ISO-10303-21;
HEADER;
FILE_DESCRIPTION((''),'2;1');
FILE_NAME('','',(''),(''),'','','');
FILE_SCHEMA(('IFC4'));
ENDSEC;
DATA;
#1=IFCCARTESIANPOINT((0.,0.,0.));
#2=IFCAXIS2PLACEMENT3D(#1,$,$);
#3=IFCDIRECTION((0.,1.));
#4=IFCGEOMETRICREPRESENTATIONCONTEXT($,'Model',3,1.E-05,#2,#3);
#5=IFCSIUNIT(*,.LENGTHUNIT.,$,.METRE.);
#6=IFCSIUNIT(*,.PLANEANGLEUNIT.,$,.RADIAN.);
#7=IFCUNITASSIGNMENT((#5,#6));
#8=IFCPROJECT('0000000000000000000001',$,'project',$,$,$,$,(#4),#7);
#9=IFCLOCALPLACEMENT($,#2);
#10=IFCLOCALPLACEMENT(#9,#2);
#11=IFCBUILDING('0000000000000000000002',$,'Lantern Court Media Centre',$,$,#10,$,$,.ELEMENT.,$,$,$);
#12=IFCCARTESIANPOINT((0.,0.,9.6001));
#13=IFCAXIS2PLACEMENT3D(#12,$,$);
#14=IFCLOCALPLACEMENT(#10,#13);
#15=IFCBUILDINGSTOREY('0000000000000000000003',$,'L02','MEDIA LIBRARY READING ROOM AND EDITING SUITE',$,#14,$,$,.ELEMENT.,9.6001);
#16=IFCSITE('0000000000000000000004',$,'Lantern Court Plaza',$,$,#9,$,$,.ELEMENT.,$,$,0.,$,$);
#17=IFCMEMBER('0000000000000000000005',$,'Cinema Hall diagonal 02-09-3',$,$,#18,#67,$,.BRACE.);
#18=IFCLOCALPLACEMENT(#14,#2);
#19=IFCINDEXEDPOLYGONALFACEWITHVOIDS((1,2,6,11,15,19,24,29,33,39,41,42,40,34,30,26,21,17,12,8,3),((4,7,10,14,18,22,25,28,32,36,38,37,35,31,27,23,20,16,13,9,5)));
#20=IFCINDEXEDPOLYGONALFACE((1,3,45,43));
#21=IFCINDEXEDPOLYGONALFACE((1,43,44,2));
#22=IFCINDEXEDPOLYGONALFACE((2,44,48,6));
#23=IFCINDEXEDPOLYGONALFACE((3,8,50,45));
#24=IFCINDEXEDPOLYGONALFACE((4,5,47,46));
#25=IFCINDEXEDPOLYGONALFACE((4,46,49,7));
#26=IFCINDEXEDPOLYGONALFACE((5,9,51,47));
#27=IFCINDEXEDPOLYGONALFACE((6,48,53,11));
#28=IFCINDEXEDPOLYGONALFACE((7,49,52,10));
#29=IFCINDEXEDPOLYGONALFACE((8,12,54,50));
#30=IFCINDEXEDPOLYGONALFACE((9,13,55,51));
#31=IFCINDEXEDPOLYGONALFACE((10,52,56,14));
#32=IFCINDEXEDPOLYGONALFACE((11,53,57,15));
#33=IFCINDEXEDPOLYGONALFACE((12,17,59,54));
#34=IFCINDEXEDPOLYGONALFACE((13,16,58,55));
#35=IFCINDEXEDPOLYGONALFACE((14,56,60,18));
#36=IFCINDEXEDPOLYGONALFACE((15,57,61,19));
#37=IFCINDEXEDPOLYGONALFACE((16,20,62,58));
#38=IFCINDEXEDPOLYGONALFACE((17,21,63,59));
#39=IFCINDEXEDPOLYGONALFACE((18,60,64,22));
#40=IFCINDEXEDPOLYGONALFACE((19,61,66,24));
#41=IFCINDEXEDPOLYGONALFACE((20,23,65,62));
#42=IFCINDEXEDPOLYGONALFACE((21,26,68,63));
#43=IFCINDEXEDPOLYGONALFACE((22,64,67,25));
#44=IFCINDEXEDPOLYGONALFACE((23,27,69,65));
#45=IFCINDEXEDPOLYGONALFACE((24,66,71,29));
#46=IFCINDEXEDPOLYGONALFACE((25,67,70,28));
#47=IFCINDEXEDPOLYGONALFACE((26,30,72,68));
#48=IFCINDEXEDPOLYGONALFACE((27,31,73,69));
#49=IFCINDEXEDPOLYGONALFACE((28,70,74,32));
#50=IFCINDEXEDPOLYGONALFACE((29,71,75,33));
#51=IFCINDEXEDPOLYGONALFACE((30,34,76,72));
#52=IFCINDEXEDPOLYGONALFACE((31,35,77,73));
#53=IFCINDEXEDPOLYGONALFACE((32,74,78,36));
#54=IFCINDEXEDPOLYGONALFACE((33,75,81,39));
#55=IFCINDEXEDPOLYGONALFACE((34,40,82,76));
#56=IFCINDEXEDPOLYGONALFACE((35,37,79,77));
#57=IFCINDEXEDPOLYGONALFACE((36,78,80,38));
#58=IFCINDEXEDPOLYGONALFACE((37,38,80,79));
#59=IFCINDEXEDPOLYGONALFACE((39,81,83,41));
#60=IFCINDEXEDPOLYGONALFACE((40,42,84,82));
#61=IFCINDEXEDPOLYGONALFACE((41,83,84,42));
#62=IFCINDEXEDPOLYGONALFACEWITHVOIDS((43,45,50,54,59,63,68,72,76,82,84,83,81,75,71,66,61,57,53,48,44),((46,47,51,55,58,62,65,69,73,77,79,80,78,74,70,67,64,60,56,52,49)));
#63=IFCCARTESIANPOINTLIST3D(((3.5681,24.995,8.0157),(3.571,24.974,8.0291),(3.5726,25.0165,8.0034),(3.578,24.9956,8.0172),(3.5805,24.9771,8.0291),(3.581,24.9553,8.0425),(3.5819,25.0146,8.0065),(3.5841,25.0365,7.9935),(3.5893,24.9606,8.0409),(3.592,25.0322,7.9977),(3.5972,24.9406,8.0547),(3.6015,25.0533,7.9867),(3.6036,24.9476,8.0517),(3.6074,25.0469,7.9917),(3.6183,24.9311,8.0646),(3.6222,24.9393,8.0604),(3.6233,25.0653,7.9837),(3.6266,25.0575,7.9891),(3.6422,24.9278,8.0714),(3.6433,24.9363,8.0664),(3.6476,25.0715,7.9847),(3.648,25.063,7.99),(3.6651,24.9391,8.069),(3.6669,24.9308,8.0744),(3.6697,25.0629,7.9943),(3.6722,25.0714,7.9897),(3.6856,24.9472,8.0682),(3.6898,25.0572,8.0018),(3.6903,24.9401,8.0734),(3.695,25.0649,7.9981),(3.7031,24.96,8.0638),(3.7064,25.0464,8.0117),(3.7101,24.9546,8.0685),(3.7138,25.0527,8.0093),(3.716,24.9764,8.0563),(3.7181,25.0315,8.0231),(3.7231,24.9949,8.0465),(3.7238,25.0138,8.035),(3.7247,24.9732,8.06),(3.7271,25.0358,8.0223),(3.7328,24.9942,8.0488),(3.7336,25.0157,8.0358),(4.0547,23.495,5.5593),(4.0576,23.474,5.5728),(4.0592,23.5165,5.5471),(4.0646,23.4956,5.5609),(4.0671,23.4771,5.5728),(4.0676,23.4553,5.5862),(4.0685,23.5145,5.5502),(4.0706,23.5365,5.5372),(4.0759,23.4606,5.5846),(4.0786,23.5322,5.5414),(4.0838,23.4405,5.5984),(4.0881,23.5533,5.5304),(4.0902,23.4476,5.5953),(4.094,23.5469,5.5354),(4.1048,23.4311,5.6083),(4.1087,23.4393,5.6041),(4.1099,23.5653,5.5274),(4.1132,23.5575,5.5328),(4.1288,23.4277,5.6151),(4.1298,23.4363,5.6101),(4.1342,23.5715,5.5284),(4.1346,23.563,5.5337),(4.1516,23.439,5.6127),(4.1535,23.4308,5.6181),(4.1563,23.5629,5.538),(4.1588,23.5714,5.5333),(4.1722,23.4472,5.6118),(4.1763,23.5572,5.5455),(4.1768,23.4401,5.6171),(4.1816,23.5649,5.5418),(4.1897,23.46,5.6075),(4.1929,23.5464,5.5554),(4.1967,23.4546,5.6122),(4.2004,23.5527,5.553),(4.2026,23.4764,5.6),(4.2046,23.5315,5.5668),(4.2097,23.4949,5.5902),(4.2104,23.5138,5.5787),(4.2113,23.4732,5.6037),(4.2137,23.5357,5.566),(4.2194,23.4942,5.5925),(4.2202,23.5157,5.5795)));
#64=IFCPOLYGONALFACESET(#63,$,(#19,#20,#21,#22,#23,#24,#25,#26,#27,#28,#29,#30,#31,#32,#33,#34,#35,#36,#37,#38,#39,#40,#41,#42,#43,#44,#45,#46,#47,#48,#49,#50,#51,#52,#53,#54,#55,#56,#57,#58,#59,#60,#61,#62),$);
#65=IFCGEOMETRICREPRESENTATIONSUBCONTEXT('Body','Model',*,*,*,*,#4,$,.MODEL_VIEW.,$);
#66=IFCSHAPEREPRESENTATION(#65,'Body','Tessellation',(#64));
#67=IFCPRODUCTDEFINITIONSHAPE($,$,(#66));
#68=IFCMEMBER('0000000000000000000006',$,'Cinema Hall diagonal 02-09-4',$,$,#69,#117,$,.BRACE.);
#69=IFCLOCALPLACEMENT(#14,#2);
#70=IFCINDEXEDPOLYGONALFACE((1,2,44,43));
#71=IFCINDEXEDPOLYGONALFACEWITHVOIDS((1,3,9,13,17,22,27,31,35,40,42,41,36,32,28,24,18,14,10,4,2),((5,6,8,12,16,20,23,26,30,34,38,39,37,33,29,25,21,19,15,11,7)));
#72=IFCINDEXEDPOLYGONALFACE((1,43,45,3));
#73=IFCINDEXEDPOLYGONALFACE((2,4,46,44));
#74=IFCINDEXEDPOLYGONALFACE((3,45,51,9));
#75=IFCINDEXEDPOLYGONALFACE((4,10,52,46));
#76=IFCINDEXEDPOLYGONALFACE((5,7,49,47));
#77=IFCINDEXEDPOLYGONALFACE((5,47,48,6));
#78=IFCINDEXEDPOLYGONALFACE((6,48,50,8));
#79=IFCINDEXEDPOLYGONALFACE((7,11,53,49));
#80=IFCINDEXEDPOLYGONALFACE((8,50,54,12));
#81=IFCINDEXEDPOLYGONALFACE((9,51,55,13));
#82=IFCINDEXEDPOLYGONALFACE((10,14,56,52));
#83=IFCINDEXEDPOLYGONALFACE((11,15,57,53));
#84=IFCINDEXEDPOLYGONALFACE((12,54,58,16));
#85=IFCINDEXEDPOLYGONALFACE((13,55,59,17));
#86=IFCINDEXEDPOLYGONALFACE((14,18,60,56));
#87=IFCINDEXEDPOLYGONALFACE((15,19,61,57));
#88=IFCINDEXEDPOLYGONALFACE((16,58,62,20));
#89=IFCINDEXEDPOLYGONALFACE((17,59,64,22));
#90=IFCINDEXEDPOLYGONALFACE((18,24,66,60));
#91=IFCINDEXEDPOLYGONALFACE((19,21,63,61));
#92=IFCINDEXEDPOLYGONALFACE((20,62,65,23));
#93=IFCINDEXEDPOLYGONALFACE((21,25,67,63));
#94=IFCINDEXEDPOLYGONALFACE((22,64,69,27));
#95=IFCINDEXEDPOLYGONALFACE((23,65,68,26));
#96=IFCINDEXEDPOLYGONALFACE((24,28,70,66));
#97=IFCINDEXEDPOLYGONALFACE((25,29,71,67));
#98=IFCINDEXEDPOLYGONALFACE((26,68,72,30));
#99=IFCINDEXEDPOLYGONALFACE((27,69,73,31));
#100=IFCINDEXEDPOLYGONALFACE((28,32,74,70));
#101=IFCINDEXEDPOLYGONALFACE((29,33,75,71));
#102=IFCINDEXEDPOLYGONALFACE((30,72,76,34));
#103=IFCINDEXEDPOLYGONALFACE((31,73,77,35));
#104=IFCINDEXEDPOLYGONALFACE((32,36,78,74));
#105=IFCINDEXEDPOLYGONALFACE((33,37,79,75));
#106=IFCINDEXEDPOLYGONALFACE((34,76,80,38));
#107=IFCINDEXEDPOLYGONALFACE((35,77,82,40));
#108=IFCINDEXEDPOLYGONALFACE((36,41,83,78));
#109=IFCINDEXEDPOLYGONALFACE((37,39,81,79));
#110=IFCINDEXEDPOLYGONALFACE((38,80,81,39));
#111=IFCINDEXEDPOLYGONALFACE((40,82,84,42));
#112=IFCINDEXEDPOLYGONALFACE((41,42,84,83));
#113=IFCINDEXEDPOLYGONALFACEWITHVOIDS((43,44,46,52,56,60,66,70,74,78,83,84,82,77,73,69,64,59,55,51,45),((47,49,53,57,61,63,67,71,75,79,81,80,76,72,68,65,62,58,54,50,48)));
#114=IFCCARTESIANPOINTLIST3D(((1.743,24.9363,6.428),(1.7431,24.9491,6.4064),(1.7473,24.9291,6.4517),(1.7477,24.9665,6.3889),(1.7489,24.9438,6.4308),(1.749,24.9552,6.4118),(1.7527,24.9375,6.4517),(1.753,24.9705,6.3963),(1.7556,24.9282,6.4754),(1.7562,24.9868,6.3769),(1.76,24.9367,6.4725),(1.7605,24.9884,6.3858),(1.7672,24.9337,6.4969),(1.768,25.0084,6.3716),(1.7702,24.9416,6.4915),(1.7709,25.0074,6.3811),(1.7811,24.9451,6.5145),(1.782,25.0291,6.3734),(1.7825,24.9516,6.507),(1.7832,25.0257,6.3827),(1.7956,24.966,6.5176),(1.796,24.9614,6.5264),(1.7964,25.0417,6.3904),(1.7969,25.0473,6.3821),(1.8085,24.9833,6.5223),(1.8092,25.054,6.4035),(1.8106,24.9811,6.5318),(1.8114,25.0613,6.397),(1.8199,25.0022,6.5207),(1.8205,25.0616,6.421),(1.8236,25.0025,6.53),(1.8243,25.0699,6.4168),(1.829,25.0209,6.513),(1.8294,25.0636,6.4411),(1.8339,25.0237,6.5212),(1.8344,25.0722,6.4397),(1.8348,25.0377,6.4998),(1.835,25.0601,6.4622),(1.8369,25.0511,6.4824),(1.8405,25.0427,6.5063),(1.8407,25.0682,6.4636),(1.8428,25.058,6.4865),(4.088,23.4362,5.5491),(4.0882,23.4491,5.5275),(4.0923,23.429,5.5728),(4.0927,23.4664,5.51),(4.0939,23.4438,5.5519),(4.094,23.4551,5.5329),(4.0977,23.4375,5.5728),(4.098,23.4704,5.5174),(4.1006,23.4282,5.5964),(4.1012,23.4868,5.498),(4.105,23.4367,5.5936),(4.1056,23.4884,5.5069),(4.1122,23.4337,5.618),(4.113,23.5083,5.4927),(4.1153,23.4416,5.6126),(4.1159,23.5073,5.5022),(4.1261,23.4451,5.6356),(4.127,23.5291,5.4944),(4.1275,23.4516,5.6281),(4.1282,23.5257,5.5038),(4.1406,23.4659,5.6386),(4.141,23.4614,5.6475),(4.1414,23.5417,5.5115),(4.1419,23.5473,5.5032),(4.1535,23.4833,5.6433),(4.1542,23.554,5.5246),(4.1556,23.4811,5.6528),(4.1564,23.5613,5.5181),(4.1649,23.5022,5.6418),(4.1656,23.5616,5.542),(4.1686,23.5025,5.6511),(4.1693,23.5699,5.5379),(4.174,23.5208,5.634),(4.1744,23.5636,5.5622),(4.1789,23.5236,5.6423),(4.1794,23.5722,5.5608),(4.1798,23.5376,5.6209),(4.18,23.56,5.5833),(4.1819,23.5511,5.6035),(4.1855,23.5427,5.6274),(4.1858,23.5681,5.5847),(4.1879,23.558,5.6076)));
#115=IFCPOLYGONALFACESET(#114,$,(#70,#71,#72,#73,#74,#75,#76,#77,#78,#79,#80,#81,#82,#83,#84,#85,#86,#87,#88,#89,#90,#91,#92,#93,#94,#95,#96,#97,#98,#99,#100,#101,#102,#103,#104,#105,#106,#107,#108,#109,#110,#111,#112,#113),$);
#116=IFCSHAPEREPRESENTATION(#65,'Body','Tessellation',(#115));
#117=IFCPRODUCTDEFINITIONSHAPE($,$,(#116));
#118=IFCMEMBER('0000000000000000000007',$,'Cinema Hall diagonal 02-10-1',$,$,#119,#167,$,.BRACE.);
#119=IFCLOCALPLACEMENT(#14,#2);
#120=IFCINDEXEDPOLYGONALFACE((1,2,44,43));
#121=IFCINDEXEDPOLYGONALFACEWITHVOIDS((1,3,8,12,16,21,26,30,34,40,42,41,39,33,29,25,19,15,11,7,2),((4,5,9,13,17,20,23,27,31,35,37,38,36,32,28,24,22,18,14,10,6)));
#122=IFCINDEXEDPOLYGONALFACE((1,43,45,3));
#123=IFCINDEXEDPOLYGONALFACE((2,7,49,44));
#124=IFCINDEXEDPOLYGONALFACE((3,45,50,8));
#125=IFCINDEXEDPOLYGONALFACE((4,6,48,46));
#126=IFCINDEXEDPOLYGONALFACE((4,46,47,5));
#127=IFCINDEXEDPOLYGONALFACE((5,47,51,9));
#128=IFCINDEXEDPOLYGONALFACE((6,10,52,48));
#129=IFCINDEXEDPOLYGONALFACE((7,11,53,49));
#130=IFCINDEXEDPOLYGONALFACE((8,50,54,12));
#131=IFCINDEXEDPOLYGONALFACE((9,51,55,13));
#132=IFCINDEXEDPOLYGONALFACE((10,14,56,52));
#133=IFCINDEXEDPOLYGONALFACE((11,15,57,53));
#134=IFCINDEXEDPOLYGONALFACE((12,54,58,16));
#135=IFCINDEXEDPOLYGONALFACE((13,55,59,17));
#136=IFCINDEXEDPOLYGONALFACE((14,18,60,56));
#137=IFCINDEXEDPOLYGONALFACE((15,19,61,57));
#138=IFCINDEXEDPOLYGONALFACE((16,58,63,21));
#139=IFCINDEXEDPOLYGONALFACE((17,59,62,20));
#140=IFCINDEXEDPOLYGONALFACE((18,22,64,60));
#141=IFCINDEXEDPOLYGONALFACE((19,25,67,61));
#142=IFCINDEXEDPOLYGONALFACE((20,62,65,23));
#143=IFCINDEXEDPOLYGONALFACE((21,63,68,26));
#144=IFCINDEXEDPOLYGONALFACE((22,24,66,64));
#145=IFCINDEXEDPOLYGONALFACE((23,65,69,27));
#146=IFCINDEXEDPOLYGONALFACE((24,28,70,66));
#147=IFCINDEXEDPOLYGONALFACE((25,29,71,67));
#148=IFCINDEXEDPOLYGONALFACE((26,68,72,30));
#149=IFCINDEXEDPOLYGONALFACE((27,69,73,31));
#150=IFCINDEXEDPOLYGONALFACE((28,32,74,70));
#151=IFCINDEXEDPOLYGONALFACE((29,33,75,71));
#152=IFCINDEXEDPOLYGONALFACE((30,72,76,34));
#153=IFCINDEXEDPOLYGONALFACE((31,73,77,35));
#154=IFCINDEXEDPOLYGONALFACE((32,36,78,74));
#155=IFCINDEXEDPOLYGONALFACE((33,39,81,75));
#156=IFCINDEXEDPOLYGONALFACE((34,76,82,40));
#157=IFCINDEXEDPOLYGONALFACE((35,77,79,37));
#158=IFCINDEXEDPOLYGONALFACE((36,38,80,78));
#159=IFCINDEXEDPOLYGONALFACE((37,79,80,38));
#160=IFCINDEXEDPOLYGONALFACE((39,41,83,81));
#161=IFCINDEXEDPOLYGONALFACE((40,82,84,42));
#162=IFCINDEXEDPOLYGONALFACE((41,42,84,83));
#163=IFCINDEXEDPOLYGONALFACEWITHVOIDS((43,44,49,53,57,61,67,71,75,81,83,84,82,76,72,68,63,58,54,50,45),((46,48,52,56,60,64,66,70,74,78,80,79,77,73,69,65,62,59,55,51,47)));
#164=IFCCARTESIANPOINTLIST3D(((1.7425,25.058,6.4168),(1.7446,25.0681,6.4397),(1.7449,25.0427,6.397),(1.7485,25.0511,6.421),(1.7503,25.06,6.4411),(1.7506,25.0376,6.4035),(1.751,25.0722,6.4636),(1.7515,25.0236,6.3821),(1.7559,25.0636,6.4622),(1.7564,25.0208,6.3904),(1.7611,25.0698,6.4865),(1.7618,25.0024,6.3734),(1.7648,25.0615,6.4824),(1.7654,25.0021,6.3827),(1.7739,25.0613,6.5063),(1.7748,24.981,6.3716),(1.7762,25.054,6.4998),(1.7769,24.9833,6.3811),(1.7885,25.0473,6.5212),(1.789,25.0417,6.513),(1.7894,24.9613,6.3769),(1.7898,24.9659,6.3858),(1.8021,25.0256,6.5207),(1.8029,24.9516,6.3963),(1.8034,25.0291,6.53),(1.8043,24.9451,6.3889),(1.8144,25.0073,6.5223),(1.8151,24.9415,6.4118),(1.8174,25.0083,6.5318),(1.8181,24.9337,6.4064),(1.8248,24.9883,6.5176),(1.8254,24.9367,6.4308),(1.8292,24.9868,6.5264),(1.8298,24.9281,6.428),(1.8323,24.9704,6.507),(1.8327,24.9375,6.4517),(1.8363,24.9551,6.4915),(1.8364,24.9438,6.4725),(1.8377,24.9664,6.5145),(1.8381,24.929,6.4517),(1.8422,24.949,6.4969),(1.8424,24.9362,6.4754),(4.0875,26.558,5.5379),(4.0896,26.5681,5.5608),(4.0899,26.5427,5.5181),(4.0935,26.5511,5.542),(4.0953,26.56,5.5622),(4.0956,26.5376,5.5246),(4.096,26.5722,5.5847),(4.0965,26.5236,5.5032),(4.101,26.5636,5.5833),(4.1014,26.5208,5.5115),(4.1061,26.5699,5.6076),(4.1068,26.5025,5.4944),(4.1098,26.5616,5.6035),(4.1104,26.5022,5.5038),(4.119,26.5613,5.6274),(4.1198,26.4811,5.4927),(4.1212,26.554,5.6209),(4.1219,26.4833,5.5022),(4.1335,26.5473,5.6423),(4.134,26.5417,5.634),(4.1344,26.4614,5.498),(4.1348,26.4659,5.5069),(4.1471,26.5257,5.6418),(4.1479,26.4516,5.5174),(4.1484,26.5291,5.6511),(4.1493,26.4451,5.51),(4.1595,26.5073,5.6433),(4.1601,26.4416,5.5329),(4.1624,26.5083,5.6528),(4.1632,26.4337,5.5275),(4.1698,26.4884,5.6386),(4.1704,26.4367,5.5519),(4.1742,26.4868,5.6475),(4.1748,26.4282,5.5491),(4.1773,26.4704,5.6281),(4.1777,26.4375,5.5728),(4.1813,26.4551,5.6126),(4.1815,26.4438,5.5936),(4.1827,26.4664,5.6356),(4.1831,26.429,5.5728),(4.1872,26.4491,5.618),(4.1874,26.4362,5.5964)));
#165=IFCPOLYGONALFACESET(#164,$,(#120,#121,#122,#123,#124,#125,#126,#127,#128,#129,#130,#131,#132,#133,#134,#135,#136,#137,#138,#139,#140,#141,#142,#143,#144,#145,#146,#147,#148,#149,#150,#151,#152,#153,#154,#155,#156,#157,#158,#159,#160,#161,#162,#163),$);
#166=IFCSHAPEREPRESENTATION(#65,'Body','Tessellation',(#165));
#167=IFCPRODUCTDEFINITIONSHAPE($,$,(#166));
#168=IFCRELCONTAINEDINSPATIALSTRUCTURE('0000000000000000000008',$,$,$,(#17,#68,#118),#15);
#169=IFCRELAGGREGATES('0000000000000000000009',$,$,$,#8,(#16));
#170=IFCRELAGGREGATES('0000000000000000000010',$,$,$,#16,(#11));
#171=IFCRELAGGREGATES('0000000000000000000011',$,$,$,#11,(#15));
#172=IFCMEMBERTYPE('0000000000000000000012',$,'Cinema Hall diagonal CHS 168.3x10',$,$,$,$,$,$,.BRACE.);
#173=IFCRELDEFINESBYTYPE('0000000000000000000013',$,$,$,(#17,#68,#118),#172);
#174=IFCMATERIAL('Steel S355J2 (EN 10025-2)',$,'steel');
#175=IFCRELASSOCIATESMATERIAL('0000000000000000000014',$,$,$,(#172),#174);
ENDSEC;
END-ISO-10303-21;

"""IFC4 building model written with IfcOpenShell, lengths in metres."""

from ifc_helpers import new_model, si_unit, direction, frame, origin, origin_2d, place, context, subcontext, project, spatial, hollow_circle, extrude, material, material_profile, profile_set, type_object, element, save


model = new_model("IFC4")

# Units and contexts
model_context = context("Model", 3, precision=1e-05, world=origin(), true_north=direction((0.0, 1.0)))
body_context = subcontext(model_context, "Body", "Model", "MODEL_VIEW")
ifc_project = project(units=[si_unit("LENGTHUNIT", "METRE"), si_unit("PLANEANGLEUNIT", "RADIAN")], contexts=[model_context])

# Site, building, storey
site_placement = place(None, origin())
site = spatial("IfcSite", under=ifc_project, at=site_placement, Name="Lantern Court Plaza", CompositionType="ELEMENT", RefElevation=0.0)
building_placement = place(site_placement, origin())
building = spatial("IfcBuilding", under=site, at=building_placement, Name="Lantern Court Media Centre", CompositionType="ELEMENT")
storey_placement = place(building_placement, frame((0.0, 0.0, 9.6001)))
storey = spatial("IfcBuildingStorey", under=building, at=storey_placement, Name="L02", Description="MEDIA LIBRARY READING ROOM AND EDITING SUITE", CompositionType="ELEMENT", Elevation=9.6001)

# Members
ifc_material = material(Name="Steel S355J2 (EN 10025-2)", Category="steel")
ifc_material_profile_1 = material_profile(ifc_material, hollow_circle(Radius=0.0842, WallThickness=0.01, at=origin_2d()), Name="Cinema Hall diagonal CHS 168.3x10")
ifc_profile_set_1 = profile_set([ifc_material_profile_1], Name="Steel S355J2 (EN 10025-2)")
member_type_1 = type_object("IfcMemberType", Name="Cinema Hall diagonal CHS 168.3x10", PredefinedType="BRACE", material=ifc_profile_set_1)
member_1_placement = place(storey_placement, frame((4.1377, 23.5, 5.5728), z_axis=(-0.166695, 0.513887, 0.841506), x_axis=(-0.951207, -0.308554, 0.0)))
element("IfcMember", 1, at=member_1_placement, inside=storey, type_object=member_type_1, Name="Cinema Hall diagonal 02-09-3", PredefinedType="BRACE", context=body_context, shape_type="SweptSolid", body=[
    extrude(hollow_circle(Radius=0.0842, WallThickness=0.01, at=origin_2d()), origin(), (0.0, 0.0, 1.0), 2.9189),
])
for number, where, z_axis, x_axis, name in (
    (2, (4.1377, 23.5, 5.5728), (-0.803309, 0.51385, 0.301084), (-0.538855, -0.842399, 0.0), "Cinema Hall diagonal 02-09-4"),
    (3, (4.1377, 26.5, 5.5728), (-0.803309, -0.51385, 0.301084), (0.538855, -0.842399, 0.0), "Cinema Hall diagonal 02-10-1"),
):
    element("IfcMember", number, at=place(storey_placement, frame(where, z_axis=z_axis, x_axis=x_axis)), inside=storey, type_object=member_type_1, Name=name, PredefinedType="BRACE", context=body_context, shape_type="SweptSolid", body=[
        extrude(hollow_circle(Radius=0.0842, WallThickness=0.01, at=origin_2d()), origin(), (0.0, 0.0, 1.0), 2.9192),
    ])

save(model, "model.ifc")
